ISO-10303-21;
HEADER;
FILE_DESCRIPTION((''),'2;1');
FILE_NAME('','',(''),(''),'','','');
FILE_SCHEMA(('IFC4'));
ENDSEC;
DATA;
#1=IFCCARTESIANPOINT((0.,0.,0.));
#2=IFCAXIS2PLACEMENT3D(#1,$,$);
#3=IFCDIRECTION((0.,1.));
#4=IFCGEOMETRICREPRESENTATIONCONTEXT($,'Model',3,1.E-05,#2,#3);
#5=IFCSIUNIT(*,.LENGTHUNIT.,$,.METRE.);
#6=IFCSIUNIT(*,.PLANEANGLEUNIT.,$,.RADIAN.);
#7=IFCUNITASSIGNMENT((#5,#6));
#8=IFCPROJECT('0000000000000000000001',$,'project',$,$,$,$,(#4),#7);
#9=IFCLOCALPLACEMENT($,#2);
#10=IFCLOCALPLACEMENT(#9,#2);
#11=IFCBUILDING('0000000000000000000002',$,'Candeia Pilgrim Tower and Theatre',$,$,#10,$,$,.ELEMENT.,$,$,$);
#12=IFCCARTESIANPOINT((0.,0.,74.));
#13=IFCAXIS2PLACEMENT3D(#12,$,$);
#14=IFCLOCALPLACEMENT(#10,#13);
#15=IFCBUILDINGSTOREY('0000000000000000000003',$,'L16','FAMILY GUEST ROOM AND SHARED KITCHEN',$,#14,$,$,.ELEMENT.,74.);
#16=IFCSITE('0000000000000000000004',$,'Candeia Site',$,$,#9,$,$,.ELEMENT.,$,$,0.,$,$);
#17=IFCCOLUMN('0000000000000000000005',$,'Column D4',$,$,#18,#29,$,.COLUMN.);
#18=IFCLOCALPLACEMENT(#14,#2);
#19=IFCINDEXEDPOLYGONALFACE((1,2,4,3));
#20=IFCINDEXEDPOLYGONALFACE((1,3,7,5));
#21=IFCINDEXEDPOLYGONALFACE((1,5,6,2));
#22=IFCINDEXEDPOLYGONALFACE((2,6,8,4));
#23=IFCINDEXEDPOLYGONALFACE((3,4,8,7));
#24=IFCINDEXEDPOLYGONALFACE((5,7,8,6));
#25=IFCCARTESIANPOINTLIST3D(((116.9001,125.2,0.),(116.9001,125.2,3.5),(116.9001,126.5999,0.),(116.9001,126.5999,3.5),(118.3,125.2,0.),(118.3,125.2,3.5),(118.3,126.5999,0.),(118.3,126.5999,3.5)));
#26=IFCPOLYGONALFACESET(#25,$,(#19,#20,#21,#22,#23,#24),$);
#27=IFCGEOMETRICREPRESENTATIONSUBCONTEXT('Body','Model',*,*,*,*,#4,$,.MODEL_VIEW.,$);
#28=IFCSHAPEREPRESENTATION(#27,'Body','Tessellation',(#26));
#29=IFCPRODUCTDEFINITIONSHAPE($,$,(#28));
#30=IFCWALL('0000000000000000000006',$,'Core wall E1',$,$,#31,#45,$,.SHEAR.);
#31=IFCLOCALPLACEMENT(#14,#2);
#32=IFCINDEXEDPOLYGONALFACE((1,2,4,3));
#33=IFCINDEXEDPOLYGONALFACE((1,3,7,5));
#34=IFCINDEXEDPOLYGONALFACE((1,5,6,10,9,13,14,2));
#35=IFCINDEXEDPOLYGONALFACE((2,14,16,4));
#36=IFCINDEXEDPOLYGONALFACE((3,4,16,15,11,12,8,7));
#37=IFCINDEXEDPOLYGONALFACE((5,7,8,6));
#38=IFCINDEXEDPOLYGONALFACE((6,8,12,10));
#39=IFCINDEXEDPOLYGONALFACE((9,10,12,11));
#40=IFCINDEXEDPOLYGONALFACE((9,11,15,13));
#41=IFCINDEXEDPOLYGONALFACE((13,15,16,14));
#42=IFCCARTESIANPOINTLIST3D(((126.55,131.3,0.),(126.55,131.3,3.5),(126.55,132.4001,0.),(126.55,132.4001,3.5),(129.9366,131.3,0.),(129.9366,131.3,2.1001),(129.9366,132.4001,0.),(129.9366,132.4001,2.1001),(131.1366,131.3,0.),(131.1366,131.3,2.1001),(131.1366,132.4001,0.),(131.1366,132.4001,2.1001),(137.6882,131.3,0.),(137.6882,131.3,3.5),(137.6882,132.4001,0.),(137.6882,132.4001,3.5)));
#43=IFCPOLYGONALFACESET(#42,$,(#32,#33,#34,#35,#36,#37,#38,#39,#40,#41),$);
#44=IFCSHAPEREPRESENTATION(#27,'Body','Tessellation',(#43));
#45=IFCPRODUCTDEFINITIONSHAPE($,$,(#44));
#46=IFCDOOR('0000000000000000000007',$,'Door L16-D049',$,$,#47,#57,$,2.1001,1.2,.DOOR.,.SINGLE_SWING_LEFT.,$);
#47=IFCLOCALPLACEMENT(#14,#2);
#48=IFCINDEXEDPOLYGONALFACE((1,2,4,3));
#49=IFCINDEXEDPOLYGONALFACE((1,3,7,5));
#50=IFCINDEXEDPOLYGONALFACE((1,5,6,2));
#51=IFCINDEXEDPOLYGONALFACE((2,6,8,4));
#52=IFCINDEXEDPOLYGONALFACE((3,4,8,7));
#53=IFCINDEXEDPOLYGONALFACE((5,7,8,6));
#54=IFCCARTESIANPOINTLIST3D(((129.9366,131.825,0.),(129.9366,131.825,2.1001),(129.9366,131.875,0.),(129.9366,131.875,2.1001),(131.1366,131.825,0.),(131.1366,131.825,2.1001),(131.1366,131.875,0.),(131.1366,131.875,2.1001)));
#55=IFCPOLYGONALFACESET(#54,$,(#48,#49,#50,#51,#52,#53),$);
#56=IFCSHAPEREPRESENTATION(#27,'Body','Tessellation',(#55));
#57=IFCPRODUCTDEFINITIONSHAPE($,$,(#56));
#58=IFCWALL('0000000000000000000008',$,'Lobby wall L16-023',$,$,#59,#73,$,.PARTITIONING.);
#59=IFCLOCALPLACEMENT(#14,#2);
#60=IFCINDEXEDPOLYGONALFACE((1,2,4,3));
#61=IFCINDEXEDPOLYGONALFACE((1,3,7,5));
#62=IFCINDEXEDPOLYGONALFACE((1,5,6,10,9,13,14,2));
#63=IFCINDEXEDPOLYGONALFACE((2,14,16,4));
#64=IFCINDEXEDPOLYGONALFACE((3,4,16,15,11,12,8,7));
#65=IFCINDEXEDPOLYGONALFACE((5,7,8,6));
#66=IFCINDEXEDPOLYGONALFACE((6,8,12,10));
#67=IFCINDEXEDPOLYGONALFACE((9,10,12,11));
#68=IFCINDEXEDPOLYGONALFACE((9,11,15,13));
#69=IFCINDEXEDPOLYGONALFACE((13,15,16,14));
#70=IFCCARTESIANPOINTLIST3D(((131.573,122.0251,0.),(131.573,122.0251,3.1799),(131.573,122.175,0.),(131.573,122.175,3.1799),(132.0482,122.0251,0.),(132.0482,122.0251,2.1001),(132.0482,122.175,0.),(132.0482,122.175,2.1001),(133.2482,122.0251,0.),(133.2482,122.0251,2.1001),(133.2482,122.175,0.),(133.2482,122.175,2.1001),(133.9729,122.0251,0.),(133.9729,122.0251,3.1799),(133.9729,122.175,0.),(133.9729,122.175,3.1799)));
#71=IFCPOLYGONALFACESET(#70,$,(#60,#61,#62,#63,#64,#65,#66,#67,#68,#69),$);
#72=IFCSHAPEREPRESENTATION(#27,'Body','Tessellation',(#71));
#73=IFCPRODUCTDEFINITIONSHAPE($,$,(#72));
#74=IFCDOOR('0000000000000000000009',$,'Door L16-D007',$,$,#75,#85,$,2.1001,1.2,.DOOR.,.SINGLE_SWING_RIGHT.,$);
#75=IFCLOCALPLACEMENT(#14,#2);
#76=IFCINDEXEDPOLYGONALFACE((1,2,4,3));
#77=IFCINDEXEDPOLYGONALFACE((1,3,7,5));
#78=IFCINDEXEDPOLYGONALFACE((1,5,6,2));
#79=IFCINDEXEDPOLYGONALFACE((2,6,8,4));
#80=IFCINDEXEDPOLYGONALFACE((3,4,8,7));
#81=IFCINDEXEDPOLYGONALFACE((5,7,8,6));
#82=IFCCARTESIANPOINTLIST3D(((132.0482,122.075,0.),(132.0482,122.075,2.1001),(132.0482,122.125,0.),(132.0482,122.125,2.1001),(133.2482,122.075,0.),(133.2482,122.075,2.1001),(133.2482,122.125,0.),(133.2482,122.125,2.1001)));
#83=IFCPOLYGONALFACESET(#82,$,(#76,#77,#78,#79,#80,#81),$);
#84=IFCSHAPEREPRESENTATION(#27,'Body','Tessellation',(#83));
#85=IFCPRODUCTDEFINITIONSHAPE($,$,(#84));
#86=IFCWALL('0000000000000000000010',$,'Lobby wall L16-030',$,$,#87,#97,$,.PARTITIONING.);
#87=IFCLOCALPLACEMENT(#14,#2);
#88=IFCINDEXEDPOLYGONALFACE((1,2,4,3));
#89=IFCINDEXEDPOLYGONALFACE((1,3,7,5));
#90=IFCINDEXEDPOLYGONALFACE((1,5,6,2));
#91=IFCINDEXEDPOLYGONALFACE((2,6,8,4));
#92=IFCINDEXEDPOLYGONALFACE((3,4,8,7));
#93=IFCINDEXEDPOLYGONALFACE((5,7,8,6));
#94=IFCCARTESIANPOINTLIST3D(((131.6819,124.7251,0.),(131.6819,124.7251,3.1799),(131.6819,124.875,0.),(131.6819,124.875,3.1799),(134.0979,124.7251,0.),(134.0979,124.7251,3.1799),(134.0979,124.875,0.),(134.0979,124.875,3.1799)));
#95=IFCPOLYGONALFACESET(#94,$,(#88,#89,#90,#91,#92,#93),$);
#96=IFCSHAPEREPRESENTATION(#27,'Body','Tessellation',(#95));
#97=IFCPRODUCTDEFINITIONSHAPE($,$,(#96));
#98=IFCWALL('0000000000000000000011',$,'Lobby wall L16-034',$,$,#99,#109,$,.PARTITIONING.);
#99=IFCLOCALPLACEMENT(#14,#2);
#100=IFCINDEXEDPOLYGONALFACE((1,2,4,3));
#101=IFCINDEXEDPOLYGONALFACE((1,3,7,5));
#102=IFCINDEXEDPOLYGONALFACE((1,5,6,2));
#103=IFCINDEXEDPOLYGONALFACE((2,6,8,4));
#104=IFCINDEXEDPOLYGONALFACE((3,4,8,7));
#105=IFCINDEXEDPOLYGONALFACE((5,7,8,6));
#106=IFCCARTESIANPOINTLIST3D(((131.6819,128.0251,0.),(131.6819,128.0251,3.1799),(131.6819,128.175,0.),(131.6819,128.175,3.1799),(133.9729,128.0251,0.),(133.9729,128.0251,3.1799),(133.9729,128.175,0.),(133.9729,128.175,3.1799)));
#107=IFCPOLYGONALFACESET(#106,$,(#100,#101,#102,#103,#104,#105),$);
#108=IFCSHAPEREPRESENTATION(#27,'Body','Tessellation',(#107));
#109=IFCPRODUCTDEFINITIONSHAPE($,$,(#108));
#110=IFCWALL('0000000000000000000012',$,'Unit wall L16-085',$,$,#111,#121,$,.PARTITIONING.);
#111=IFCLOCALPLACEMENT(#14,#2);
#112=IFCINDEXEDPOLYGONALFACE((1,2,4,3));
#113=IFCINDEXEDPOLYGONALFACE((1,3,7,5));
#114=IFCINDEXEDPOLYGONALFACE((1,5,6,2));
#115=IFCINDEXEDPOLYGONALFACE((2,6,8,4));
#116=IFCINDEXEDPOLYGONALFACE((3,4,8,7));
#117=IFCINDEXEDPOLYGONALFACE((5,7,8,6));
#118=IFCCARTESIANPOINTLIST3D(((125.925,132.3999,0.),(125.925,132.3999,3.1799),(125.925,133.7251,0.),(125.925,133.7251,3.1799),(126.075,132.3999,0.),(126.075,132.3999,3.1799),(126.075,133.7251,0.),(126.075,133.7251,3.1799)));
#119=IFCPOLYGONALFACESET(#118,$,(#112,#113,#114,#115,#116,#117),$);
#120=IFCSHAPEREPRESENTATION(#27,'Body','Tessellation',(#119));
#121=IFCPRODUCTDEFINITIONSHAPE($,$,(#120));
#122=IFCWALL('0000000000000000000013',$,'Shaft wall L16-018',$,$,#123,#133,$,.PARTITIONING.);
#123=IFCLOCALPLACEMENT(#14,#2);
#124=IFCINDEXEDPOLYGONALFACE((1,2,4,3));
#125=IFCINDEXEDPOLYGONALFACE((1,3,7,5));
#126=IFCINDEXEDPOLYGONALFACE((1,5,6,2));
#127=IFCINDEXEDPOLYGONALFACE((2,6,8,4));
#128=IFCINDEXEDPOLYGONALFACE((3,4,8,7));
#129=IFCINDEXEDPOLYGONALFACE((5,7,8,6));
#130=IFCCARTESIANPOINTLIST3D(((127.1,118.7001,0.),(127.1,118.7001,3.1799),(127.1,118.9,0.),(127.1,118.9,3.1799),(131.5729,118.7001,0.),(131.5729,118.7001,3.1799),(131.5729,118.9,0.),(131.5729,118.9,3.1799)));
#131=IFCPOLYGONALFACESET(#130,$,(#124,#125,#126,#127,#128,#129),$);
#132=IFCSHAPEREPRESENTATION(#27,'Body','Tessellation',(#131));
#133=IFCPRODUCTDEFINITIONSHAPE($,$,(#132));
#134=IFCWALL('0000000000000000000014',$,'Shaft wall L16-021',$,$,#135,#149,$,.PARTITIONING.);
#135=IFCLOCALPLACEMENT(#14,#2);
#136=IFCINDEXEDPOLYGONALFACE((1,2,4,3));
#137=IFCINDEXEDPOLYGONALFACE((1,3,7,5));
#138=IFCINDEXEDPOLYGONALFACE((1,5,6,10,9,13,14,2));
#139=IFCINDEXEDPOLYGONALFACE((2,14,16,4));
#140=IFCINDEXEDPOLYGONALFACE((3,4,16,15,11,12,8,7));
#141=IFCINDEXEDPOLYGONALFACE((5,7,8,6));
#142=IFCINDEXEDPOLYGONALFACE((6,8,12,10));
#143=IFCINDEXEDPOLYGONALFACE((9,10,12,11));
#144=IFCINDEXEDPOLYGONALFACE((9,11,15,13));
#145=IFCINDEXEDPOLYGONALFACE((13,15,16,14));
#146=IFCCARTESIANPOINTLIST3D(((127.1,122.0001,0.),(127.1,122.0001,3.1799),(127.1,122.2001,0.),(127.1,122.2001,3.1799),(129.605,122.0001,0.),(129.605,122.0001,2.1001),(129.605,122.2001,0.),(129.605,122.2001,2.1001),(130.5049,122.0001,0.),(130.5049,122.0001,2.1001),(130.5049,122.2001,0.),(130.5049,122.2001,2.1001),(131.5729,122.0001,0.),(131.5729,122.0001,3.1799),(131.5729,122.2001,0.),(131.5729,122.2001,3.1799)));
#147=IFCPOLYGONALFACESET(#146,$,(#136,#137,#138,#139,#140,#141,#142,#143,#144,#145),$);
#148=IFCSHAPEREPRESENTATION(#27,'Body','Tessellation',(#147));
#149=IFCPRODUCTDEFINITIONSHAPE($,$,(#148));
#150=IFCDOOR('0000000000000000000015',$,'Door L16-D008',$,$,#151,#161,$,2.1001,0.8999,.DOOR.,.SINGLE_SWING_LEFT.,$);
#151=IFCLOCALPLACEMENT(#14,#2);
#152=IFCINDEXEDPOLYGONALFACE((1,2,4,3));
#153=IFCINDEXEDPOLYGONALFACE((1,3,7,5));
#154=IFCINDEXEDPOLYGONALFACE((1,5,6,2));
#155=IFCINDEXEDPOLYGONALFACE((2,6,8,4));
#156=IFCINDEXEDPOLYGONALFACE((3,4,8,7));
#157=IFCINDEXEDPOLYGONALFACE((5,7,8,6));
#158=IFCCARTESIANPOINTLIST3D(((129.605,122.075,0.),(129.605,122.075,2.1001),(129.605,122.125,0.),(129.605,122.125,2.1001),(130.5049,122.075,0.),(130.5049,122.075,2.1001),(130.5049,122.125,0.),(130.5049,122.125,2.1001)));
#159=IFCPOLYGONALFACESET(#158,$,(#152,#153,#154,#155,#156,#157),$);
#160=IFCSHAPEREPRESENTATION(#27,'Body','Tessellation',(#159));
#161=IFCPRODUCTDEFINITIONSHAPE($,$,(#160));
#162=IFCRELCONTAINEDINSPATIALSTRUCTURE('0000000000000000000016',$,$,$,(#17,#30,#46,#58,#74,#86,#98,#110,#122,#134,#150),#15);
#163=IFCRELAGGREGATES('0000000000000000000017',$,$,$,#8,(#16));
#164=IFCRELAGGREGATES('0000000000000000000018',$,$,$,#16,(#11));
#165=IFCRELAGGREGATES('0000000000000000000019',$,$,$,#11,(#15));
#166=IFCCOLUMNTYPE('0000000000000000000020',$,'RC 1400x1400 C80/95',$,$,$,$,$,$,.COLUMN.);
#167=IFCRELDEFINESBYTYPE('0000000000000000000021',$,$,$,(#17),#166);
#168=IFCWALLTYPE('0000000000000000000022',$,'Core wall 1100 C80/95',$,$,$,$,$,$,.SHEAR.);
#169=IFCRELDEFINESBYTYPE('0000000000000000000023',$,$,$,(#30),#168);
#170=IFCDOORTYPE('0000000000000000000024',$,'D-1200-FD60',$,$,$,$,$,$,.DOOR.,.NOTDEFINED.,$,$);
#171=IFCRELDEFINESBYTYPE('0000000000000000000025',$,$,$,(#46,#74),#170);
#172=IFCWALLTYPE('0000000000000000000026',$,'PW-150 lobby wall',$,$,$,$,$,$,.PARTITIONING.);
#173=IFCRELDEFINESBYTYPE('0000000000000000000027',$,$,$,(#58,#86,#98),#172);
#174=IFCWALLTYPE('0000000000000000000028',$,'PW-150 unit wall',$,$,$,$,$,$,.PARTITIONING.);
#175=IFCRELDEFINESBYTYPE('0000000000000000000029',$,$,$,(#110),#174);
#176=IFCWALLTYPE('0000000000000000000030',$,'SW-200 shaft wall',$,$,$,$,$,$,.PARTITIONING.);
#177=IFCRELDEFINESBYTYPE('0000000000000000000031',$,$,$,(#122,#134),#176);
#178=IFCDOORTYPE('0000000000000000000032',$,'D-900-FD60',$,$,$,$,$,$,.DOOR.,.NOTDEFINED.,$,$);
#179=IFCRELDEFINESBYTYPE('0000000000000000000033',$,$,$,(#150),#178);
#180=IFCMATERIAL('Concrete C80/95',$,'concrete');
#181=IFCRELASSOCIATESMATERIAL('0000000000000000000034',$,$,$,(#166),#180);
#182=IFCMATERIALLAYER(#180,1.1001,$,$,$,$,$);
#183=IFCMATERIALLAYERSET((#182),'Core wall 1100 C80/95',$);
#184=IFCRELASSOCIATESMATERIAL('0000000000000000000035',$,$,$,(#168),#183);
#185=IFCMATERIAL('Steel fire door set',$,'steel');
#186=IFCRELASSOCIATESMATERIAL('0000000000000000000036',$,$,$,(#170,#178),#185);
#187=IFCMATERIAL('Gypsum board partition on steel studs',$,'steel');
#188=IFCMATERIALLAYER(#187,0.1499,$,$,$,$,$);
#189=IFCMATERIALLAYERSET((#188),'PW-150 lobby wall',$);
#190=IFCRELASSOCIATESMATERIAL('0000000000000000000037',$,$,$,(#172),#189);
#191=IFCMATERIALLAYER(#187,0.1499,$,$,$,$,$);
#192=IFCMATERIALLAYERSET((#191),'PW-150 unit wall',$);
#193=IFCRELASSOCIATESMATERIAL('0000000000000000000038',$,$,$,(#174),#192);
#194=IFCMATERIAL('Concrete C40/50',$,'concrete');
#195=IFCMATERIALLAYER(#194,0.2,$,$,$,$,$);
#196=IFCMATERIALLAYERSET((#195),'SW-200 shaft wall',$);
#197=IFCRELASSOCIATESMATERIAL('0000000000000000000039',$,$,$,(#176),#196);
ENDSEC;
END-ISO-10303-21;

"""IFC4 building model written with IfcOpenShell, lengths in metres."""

from ifc_helpers import new_model, si_unit, direction, frame, frame_2d, origin, origin_2d, place, context, subcontext, project, spatial, rectangle, extrude, material, layer, layer_set, material_profile, profile_set, type_object, element, fill, save


model = new_model("IFC4")

# Units and contexts
model_context = context("Model", 3, precision=1e-05, world=origin(), true_north=direction((0.0, 1.0)))
body_context = subcontext(model_context, "Body", "Model", "MODEL_VIEW")
ifc_project = project(units=[si_unit("LENGTHUNIT", "METRE"), si_unit("PLANEANGLEUNIT", "RADIAN")], contexts=[model_context])

# Site, building, storey
site_placement = place(None, origin())
site = spatial("IfcSite", under=ifc_project, at=site_placement, Name="Candeia Site", CompositionType="ELEMENT", RefElevation=0.0)
building_placement = place(site_placement, origin())
building = spatial("IfcBuilding", under=site, at=building_placement, Name="Candeia Pilgrim Tower and Theatre", CompositionType="ELEMENT")
storey_placement = place(building_placement, frame((0.0, 0.0, 74.0)))
storey = spatial("IfcBuildingStorey", under=building, at=storey_placement, Name="L16", Description="FAMILY GUEST ROOM AND SHARED KITCHEN", CompositionType="ELEMENT", Elevation=74.0)

# Column
ifc_material_1 = material(Name="Concrete C80/95", Category="concrete")
ifc_material_profile = material_profile(ifc_material_1, rectangle(XDim=1.3999, YDim=1.3999, at=origin_2d()))
ifc_profile_set = profile_set([ifc_material_profile], Name="Concrete C80/95")
column_type = type_object("IfcColumnType", Name="RC 1400x1400 C80/95", PredefinedType="COLUMN", material=ifc_profile_set)
column_placement = place(storey_placement, frame((117.6001, 125.8999, 0.0), z_axis=(0.0, 0.0, 1.0), x_axis=(1.0, 0.0, 0.0)))
element("IfcColumn", 1, at=column_placement, inside=storey, type_object=column_type, Name="Column D4", PredefinedType="COLUMN", context=body_context, shape_type="SweptSolid", body=[
    extrude(rectangle(XDim=1.3999, YDim=1.3999, at=origin_2d()), origin(), (0.0, 0.0, 1.0), 3.5),
])

# Walls, openings, doors
ifc_layer_1 = layer(ifc_material_1, 1.1001)
ifc_layer_set_1 = layer_set([ifc_layer_1], Name="Core wall 1100 C80/95")
wall_type_1 = type_object("IfcWallType", Name="Core wall 1100 C80/95", PredefinedType="SHEAR", material=ifc_layer_set_1)
wall_1_placement = place(storey_placement, frame((126.55, 131.8501, 0.0), z_axis=(0.0, 0.0, 1.0), x_axis=(1.0, 0.0, 0.0)))
wall_1 = element("IfcWall", 2, at=wall_1_placement, inside=storey, type_object=wall_type_1, Name="Core wall E1", PredefinedType="SHEAR", context=body_context, shape_type="SweptSolid", body=[
    extrude(rectangle(XDim=11.1382, YDim=1.1001, at=frame_2d((5.5691, 0.0))), origin(), (0.0, 0.0, 1.0), 3.5),
])
opening_1_placement = place(wall_1_placement, frame((3.3865, 0.0, 0.0)))
opening_1 = element("IfcOpeningElement", 3, at=opening_1_placement, cuts=wall_1, PredefinedType="OPENING", context=body_context, shape_type="SweptSolid", body=[
    extrude(rectangle(XDim=1.2, YDim=2.1001, at=frame_2d((0.6001, 1.05))), frame((0.0, 0.5601, 0.0), z_axis=(0.0, -1.0, 0.0), x_axis=(1.0, 0.0, 0.0)), (0.0, 0.0, 1.0), 1.1201),
])
ifc_material_2 = material(Name="Steel fire door set", Category="steel")
door_type_1 = type_object("IfcDoorType", Name="D-1200-FD60", OperationType="NOTDEFINED", PredefinedType="DOOR", material=ifc_material_2)
door_1_placement = place(opening_1_placement, origin())
door_1 = element("IfcDoor", 4, at=door_1_placement, inside=storey, type_object=door_type_1, Name="Door L16-D049", OperationType="SINGLE_SWING_LEFT", OverallHeight=2.1001, OverallWidth=1.2, PredefinedType="DOOR", context=body_context, shape_type="SweptSolid", body=[
    extrude(rectangle(XDim=1.2, YDim=2.1001, at=frame_2d((0.6001, 1.05))), frame((0.0, 0.0249, 0.0), z_axis=(0.0, -1.0, 0.0), x_axis=(1.0, 0.0, 0.0)), (0.0, 0.0, 1.0), 0.05),
])
fill(opening_1, door_1)
ifc_material_3 = material(Name="Gypsum board partition on steel studs", Category="steel")
ifc_layer_2 = layer(ifc_material_3, 0.1499)
ifc_layer_set_2 = layer_set([ifc_layer_2], Name="PW-150 lobby wall")
wall_type_2 = type_object("IfcWallType", Name="PW-150 lobby wall", PredefinedType="PARTITIONING", material=ifc_layer_set_2)
wall_2_placement = place(storey_placement, frame((131.573, 122.1001, 0.0), z_axis=(0.0, 0.0, 1.0), x_axis=(1.0, 0.0, 0.0)))
wall_2 = element("IfcWall", 5, at=wall_2_placement, inside=storey, type_object=wall_type_2, Name="Lobby wall L16-023", PredefinedType="PARTITIONING", context=body_context, shape_type="SweptSolid", body=[
    extrude(rectangle(XDim=2.3999, YDim=0.1499, at=frame_2d((1.2, 0.0))), origin(), (0.0, 0.0, 1.0), 3.1799),
])
opening_2_placement = place(wall_2_placement, frame((0.4751, 0.0, 0.0)))
opening_2 = element("IfcOpeningElement", 6, at=opening_2_placement, cuts=wall_2, PredefinedType="OPENING", context=body_context, shape_type="SweptSolid", body=[
    extrude(rectangle(XDim=1.2, YDim=2.1001, at=frame_2d((0.6001, 1.05))), frame((0.0, 0.085, 0.0), z_axis=(0.0, -1.0, 0.0), x_axis=(1.0, 0.0, 0.0)), (0.0, 0.0, 1.0), 0.1699),
])
door_2_placement = place(opening_2_placement, origin())
door_2 = element("IfcDoor", 7, at=door_2_placement, inside=storey, type_object=door_type_1, Name="Door L16-D007", OperationType="SINGLE_SWING_RIGHT", OverallHeight=2.1001, OverallWidth=1.2, PredefinedType="DOOR", context=body_context, shape_type="SweptSolid", body=[
    extrude(rectangle(XDim=1.2, YDim=2.1001, at=frame_2d((0.6001, 1.05))), frame((0.0, 0.0249, 0.0), z_axis=(0.0, -1.0, 0.0), x_axis=(1.0, 0.0, 0.0)), (0.0, 0.0, 1.0), 0.05),
])
fill(opening_2, door_2)

# Walls
wall_3_placement = place(storey_placement, frame((131.6819, 124.8, 0.0), z_axis=(0.0, 0.0, 1.0), x_axis=(1.0, 0.0, 0.0)))
element("IfcWall", 8, at=wall_3_placement, inside=storey, type_object=wall_type_2, Name="Lobby wall L16-030", PredefinedType="PARTITIONING", context=body_context, shape_type="SweptSolid", body=[
    extrude(rectangle(XDim=2.416, YDim=0.1499, at=frame_2d((1.208, 0.0))), origin(), (0.0, 0.0, 1.0), 3.1799),
])
wall_4_placement = place(storey_placement, frame((131.6819, 128.1001, 0.0), z_axis=(0.0, 0.0, 1.0), x_axis=(1.0, 0.0, 0.0)))
element("IfcWall", 9, at=wall_4_placement, inside=storey, type_object=wall_type_2, Name="Lobby wall L16-034", PredefinedType="PARTITIONING", context=body_context, shape_type="SweptSolid", body=[
    extrude(rectangle(XDim=2.291, YDim=0.1499, at=frame_2d((1.1455, 0.0))), origin(), (0.0, 0.0, 1.0), 3.1799),
])
ifc_layer_3 = layer(ifc_material_3, 0.1499)
ifc_layer_set_3 = layer_set([ifc_layer_3], Name="PW-150 unit wall")
wall_type_3 = type_object("IfcWallType", Name="PW-150 unit wall", PredefinedType="PARTITIONING", material=ifc_layer_set_3)
wall_5_placement = place(storey_placement, frame((126.0, 132.3999, 0.0), z_axis=(0.0, 0.0, 1.0), x_axis=(0.0, 1.0, 0.0)))
element("IfcWall", 10, at=wall_5_placement, inside=storey, type_object=wall_type_3, Name="Unit wall L16-085", PredefinedType="PARTITIONING", context=body_context, shape_type="SweptSolid", body=[
    extrude(rectangle(XDim=1.3252, YDim=0.1499, at=frame_2d((0.6626, 0.0))), origin(), (0.0, 0.0, 1.0), 3.1799),
])
ifc_material_4 = material(Name="Concrete C40/50", Category="concrete")
ifc_layer_4 = layer(ifc_material_4, 0.2)
ifc_layer_set_4 = layer_set([ifc_layer_4], Name="SW-200 shaft wall")
wall_type_4 = type_object("IfcWallType", Name="SW-200 shaft wall", PredefinedType="PARTITIONING", material=ifc_layer_set_4)
wall_6_placement = place(storey_placement, frame((127.1001, 118.8, 0.0), z_axis=(0.0, 0.0, 1.0), x_axis=(1.0, 0.0, 0.0)))
element("IfcWall", 11, at=wall_6_placement, inside=storey, type_object=wall_type_4, Name="Shaft wall L16-018", PredefinedType="PARTITIONING", context=body_context, shape_type="SweptSolid", body=[
    extrude(rectangle(XDim=4.4729, YDim=0.2, at=frame_2d((2.2363, 0.0))), origin(), (0.0, 0.0, 1.0), 3.1799),
])

# Wall, opening, door
wall_7_placement = place(storey_placement, frame((127.1001, 122.1001, 0.0), z_axis=(0.0, 0.0, 1.0), x_axis=(1.0, 0.0, 0.0)))
wall_7 = element("IfcWall", 12, at=wall_7_placement, inside=storey, type_object=wall_type_4, Name="Shaft wall L16-021", PredefinedType="PARTITIONING", context=body_context, shape_type="SweptSolid", body=[
    extrude(rectangle(XDim=4.4729, YDim=0.2, at=frame_2d((2.2363, 0.0))), origin(), (0.0, 0.0, 1.0), 3.1799),
])
opening_3_placement = place(wall_7_placement, frame((2.5049, 0.0, 0.0)))
opening_3 = element("IfcOpeningElement", 13, at=opening_3_placement, cuts=wall_7, PredefinedType="OPENING", context=body_context, shape_type="SweptSolid", body=[
    extrude(rectangle(XDim=0.8999, YDim=2.1001, at=frame_2d((0.45, 1.05))), frame((0.0, 0.1099, 0.0), z_axis=(0.0, -1.0, 0.0), x_axis=(1.0, 0.0, 0.0)), (0.0, 0.0, 1.0), 0.22),
])
door_type_2 = type_object("IfcDoorType", Name="D-900-FD60", OperationType="NOTDEFINED", PredefinedType="DOOR", material=ifc_material_2)
door_3_placement = place(opening_3_placement, origin())
door_3 = element("IfcDoor", 14, at=door_3_placement, inside=storey, type_object=door_type_2, Name="Door L16-D008", OperationType="SINGLE_SWING_LEFT", OverallHeight=2.1001, OverallWidth=0.8999, PredefinedType="DOOR", context=body_context, shape_type="SweptSolid", body=[
    extrude(rectangle(XDim=0.8999, YDim=2.1001, at=frame_2d((0.45, 1.05))), frame((0.0, 0.0249, 0.0), z_axis=(0.0, -1.0, 0.0), x_axis=(1.0, 0.0, 0.0)), (0.0, 0.0, 1.0), 0.05),
])
fill(opening_3, door_3)

save(model, "model.ifc")
